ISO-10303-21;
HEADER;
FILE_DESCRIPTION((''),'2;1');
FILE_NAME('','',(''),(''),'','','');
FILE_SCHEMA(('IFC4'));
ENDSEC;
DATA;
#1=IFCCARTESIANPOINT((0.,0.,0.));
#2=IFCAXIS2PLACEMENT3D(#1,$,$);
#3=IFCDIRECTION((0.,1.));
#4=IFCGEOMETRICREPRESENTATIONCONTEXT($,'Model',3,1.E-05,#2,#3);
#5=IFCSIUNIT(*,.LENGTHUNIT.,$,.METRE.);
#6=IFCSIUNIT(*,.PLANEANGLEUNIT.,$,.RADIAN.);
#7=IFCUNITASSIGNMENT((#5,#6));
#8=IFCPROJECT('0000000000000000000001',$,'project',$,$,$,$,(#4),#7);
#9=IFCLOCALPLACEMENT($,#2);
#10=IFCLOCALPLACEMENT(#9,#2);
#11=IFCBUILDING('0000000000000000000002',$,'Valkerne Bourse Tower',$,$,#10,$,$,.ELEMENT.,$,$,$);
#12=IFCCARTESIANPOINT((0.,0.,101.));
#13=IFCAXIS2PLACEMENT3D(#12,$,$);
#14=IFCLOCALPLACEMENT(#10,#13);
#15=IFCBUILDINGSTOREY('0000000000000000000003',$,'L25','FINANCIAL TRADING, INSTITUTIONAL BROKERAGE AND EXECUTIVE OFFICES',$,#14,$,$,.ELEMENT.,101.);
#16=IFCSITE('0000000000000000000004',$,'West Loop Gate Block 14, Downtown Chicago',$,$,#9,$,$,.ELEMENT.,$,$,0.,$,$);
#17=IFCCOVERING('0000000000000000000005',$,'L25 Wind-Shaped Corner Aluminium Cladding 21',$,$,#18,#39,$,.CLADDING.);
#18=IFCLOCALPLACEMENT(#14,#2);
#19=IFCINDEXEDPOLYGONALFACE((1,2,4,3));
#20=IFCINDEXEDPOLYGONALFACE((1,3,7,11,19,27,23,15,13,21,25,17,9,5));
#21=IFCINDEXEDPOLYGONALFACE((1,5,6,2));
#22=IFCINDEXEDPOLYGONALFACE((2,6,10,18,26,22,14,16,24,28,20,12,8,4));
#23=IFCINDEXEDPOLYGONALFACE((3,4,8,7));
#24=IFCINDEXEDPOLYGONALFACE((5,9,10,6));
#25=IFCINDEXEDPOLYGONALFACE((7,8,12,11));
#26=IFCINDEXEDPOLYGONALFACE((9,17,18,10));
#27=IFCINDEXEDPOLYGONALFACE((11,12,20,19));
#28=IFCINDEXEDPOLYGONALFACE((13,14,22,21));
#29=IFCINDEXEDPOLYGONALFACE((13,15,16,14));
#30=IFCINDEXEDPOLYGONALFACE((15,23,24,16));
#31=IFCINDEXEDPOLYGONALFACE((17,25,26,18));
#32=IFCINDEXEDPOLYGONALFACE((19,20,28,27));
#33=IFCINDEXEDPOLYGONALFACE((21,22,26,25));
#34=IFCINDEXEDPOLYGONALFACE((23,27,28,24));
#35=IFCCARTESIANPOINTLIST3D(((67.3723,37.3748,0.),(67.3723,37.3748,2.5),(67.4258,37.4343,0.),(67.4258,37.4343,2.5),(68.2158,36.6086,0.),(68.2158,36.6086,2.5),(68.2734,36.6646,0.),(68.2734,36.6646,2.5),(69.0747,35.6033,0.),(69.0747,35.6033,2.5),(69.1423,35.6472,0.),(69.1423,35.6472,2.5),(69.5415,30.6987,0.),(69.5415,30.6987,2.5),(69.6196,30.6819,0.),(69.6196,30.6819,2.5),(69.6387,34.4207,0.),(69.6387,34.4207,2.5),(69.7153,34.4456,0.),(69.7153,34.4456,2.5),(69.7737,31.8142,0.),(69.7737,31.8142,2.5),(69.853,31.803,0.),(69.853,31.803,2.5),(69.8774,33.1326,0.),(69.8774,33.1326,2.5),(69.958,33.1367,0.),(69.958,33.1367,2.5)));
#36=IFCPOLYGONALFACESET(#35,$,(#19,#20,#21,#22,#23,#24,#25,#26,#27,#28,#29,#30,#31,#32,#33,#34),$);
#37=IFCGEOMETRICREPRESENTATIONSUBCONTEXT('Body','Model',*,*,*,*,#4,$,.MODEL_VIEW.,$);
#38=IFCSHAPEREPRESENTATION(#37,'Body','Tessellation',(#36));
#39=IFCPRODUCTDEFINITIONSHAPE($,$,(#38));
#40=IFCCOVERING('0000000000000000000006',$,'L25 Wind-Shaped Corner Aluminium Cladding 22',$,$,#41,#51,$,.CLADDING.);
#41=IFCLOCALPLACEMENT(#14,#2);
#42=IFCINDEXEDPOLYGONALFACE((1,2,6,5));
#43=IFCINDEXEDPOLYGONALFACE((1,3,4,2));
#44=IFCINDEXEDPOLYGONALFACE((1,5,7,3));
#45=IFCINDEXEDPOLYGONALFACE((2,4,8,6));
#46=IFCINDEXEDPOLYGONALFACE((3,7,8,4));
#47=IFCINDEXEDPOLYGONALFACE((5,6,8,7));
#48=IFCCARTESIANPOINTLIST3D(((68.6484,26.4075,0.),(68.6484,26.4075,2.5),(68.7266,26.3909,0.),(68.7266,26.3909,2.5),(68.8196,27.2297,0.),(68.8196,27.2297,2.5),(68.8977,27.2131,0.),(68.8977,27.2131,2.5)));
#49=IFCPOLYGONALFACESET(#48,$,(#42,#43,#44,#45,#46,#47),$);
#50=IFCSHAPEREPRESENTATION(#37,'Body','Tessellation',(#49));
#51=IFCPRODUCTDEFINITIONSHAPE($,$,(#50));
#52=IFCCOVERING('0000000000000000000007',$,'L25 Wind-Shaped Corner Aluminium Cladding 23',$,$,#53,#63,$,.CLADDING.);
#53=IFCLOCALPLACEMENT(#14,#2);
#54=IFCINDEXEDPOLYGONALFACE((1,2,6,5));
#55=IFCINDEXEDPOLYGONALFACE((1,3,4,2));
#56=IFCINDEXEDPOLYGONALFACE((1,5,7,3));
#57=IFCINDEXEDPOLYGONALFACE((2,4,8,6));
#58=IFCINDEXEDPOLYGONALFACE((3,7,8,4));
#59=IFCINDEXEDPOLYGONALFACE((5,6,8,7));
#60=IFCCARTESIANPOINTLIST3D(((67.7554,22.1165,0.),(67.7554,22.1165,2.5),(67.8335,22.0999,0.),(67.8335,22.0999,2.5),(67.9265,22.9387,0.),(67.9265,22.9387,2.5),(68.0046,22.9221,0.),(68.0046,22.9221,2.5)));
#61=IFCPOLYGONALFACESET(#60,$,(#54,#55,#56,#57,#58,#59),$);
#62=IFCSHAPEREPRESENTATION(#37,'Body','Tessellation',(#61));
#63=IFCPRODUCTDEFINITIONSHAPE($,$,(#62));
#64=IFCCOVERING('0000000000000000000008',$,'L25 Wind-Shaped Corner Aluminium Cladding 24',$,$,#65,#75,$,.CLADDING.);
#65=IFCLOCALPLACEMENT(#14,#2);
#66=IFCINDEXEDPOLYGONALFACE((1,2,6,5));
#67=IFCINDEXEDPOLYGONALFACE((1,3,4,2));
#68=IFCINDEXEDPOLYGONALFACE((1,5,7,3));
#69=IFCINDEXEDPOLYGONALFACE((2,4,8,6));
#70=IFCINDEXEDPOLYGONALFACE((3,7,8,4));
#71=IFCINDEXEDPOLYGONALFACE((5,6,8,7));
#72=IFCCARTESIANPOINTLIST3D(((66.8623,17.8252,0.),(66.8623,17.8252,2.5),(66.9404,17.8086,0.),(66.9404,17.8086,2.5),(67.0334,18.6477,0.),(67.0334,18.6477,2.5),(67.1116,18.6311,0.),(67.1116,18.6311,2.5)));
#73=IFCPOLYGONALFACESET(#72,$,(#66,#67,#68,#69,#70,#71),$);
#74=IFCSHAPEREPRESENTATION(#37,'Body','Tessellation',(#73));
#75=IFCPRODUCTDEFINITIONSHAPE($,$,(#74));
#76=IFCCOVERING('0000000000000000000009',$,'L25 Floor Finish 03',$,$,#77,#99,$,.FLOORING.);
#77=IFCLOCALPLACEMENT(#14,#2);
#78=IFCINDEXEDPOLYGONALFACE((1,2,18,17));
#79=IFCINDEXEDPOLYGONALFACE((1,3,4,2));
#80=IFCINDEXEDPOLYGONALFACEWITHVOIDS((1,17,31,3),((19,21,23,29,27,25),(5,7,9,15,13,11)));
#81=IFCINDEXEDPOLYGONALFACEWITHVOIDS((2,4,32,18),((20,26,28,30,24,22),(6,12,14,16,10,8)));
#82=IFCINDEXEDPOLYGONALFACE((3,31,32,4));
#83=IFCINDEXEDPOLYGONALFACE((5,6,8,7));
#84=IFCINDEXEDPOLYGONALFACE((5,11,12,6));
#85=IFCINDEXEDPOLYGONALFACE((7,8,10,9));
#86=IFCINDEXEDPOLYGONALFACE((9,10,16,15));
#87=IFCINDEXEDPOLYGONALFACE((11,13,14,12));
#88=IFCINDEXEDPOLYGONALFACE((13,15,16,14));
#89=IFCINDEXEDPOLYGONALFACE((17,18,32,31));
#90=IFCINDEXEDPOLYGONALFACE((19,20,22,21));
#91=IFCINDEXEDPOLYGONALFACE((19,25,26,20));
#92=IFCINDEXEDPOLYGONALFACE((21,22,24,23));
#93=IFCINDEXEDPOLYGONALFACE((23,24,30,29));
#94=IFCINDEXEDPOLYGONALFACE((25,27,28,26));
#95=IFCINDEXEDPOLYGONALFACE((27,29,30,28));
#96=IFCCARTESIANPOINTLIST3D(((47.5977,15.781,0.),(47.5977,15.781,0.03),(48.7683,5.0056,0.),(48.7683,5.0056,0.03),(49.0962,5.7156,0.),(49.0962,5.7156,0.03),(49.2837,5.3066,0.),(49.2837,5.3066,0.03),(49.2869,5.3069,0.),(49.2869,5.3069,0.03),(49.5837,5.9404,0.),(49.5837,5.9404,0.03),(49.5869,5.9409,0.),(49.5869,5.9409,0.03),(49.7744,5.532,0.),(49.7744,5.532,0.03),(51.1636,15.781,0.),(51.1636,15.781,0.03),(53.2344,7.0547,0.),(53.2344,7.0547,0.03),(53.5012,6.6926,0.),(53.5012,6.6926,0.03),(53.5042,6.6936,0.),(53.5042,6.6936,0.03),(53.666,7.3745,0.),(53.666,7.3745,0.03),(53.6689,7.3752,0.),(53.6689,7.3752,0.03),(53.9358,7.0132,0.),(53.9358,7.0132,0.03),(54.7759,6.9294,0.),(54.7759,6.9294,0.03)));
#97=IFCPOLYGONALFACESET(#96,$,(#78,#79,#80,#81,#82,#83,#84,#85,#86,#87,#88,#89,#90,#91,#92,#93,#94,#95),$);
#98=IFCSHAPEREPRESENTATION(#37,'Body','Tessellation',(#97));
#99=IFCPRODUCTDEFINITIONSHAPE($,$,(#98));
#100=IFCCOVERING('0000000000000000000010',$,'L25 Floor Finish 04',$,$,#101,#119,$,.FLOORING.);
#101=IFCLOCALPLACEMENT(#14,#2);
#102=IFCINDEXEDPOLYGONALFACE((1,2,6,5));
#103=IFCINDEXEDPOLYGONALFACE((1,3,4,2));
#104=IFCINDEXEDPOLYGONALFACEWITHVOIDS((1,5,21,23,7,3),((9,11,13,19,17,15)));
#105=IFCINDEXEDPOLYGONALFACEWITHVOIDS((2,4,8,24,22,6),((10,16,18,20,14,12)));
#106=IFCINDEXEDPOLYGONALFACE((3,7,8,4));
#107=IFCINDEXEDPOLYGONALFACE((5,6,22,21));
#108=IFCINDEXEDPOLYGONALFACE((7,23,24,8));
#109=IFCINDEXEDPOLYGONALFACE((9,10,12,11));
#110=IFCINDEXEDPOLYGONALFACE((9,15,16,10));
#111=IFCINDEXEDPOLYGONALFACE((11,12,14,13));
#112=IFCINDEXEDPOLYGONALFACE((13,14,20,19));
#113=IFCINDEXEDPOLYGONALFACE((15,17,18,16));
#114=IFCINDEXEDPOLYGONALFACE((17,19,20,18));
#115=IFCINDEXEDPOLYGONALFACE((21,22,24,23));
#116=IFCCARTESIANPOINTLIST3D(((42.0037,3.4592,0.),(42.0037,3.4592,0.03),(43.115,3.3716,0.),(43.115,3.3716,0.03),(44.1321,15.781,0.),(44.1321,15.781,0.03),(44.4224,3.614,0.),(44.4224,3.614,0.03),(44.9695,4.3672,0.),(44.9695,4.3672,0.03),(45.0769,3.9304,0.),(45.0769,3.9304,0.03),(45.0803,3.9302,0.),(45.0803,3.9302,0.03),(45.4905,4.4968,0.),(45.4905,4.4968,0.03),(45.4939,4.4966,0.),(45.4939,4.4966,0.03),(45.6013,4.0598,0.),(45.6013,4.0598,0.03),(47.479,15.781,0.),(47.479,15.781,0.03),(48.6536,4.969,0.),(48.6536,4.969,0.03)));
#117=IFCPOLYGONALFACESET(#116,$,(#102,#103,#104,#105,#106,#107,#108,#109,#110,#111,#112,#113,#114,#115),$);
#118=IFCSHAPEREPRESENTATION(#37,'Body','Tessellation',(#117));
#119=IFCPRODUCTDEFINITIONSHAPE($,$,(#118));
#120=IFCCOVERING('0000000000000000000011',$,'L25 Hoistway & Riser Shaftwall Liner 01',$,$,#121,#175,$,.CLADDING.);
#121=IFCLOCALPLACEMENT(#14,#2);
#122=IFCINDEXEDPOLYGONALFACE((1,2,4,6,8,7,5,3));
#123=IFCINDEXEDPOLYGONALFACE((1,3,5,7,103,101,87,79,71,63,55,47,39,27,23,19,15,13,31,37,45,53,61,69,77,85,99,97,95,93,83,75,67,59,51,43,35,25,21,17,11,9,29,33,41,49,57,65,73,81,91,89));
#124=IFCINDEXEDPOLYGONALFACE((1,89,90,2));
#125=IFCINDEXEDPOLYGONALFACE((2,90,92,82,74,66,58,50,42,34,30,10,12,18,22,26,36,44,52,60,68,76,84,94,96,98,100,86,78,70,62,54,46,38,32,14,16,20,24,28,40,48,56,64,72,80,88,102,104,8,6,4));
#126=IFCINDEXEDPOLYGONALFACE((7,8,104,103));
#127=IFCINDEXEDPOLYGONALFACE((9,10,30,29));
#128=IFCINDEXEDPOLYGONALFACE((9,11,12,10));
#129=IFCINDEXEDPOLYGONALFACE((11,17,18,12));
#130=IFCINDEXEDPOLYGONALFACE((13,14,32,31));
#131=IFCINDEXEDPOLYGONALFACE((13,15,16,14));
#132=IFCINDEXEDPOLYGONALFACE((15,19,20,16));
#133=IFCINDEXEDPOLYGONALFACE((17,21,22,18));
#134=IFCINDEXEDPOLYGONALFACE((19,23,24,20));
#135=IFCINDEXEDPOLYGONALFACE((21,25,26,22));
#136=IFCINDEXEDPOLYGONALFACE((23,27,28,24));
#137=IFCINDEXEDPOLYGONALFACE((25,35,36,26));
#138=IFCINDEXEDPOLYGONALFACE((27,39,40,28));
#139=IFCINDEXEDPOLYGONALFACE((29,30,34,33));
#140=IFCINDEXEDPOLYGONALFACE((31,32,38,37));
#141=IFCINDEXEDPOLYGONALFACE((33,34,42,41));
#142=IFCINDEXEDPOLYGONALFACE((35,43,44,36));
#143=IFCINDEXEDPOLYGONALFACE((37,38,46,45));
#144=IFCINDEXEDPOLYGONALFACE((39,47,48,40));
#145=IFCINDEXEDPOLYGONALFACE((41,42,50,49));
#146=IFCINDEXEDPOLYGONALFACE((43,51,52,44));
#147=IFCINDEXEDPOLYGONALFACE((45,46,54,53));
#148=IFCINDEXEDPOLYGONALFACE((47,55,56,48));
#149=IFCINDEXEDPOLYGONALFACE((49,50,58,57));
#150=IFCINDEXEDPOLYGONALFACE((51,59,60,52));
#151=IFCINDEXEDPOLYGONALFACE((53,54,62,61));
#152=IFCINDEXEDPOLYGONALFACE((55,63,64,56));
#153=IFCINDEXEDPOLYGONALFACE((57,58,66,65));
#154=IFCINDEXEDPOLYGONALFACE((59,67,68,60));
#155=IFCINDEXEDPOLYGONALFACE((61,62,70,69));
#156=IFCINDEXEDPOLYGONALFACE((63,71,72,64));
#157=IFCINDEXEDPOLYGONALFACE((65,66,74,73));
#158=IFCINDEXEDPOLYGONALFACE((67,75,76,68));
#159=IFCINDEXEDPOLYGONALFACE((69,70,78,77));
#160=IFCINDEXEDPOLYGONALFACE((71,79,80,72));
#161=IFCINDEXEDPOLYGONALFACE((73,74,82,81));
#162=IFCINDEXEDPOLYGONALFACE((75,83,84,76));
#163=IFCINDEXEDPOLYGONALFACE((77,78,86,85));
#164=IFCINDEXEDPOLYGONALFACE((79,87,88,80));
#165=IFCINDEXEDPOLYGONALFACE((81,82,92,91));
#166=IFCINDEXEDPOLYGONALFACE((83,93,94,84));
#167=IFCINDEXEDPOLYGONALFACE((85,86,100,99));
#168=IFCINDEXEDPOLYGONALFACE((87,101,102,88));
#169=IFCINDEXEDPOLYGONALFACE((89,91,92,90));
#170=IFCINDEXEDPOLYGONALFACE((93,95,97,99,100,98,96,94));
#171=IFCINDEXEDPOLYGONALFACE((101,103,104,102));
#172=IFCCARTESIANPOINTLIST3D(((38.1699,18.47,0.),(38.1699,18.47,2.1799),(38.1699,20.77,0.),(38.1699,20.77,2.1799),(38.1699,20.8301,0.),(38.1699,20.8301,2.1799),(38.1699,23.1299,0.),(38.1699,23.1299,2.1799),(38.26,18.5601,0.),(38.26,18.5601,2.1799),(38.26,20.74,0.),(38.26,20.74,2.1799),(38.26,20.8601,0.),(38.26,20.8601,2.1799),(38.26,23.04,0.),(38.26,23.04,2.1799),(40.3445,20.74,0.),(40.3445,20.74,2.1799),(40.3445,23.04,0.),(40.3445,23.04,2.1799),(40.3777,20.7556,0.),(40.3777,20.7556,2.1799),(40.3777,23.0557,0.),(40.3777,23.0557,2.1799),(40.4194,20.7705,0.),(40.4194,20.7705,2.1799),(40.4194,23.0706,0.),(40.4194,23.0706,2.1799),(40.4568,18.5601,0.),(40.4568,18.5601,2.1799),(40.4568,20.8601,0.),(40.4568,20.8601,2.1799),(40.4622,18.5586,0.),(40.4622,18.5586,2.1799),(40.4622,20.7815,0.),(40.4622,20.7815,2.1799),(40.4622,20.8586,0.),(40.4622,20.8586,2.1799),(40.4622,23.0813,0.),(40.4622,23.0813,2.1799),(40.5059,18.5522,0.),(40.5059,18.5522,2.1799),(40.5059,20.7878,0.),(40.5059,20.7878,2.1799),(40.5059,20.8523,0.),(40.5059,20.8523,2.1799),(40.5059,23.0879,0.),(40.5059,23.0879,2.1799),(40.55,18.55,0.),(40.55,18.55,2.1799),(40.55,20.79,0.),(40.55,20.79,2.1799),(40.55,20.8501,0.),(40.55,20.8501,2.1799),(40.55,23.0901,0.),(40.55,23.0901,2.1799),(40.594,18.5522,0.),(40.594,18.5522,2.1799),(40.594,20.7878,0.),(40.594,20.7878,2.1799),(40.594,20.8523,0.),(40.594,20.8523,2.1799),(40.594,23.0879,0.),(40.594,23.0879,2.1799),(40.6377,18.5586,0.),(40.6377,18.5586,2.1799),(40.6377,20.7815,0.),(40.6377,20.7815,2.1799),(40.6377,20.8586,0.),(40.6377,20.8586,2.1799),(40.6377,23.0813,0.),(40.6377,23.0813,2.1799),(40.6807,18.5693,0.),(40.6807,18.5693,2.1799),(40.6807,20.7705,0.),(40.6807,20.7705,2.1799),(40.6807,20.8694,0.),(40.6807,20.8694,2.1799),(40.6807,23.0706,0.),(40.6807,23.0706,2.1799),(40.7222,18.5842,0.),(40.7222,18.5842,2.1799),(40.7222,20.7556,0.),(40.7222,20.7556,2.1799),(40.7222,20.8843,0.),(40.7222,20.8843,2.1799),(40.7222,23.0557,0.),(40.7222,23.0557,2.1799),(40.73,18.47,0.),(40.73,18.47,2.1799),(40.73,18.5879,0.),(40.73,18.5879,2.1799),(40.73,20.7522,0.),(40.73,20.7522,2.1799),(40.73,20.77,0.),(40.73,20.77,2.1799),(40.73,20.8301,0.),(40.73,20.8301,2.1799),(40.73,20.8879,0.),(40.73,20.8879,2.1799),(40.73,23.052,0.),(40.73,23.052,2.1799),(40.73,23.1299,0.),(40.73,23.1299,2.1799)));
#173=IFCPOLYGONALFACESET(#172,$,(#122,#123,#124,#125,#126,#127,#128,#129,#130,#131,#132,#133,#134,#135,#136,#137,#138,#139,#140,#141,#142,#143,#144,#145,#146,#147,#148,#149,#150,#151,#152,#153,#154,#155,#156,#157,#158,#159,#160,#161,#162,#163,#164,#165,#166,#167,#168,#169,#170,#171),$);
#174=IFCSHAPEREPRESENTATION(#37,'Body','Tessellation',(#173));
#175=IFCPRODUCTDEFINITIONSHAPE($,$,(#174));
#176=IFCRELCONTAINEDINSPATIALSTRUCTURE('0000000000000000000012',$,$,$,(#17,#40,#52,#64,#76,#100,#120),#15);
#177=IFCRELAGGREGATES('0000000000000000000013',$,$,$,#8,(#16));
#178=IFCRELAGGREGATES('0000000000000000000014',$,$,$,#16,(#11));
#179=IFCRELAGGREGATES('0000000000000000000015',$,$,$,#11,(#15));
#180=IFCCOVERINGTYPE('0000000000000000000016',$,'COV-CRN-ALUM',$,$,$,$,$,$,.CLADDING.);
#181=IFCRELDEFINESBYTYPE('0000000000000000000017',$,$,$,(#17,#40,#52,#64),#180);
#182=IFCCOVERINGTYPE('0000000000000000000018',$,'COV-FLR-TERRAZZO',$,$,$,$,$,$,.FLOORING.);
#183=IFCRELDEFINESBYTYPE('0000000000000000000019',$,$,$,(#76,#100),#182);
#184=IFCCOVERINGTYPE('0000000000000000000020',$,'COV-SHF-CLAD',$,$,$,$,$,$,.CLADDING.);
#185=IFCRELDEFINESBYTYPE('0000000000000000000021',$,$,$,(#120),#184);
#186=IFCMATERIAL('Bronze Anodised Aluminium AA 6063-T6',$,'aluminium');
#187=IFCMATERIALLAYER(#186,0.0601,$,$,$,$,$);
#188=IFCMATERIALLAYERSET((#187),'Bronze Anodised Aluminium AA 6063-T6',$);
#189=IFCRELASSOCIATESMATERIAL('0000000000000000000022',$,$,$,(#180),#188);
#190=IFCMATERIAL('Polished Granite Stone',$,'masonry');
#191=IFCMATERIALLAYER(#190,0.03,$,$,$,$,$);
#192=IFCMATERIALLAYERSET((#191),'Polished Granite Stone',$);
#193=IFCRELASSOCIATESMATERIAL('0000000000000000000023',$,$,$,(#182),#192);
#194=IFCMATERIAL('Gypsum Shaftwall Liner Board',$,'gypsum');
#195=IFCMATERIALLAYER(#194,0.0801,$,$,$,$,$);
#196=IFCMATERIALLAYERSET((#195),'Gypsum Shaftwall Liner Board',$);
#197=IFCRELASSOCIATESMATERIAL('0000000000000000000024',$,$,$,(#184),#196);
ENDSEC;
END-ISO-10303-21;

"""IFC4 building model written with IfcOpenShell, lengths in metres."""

from ifc_helpers import new_model, si_unit, direction, frame, origin, place, context, subcontext, project, spatial, polyline, outline, extrude, material, layer, layer_set, type_object, element, save


model = new_model("IFC4")

# Units and contexts
model_context = context("Model", 3, precision=1e-05, world=origin(), true_north=direction((0.0, 1.0)))
body_context = subcontext(model_context, "Body", "Model", "MODEL_VIEW")
ifc_project = project(units=[si_unit("LENGTHUNIT", "METRE"), si_unit("PLANEANGLEUNIT", "RADIAN")], contexts=[model_context])

# Site, building, storey
site_placement = place(None, origin())
site = spatial("IfcSite", under=ifc_project, at=site_placement, Name="West Loop Gate Block 14, Downtown Chicago", CompositionType="ELEMENT", RefElevation=0.0)
building_placement = place(site_placement, origin())
building = spatial("IfcBuilding", under=site, at=building_placement, Name="Valkerne Bourse Tower", CompositionType="ELEMENT")
storey_placement = place(building_placement, frame((0.0, 0.0, 101.0)))
storey = spatial("IfcBuildingStorey", under=building, at=storey_placement, Name="L25", Description="FINANCIAL TRADING, INSTITUTIONAL BROKERAGE AND EXECUTIVE OFFICES", CompositionType="ELEMENT", Elevation=101.0)

# Coverings
ifc_material_1 = material(Name="Bronze Anodised Aluminium AA 6063-T6", Category="aluminium")
ifc_layer_1 = layer(ifc_material_1, 0.0601)
ifc_layer_set_1 = layer_set([ifc_layer_1], Name="Bronze Anodised Aluminium AA 6063-T6")
covering_type_1 = type_object("IfcCoveringType", Name="COV-CRN-ALUM", PredefinedType="CLADDING", material=ifc_layer_set_1)
covering_1_placement = place(storey_placement, origin())
element("IfcCovering", 1, at=covering_1_placement, inside=storey, type_object=covering_type_1, Name="L25 Wind-Shaped Corner Aluminium Cladding 21", PredefinedType="CLADDING", context=body_context, shape_type="SweptSolid", body=[
    extrude(outline(polyline([(68.2734, 36.6646), (69.1423, 35.6472), (69.7153, 34.4456), (69.958, 33.1367), (69.853, 31.803), (69.6196, 30.6819), (69.5415, 30.6987), (69.7737, 31.8142), (69.8774, 33.1326), (69.6387, 34.4207), (69.0747, 35.6033), (68.2158, 36.6086), (67.3723, 37.3748), (67.4258, 37.4343), (68.2734, 36.6646)])), origin(), (0.0, 0.0, 1.0), 2.5),
])
covering_2_placement = place(storey_placement, origin())
element("IfcCovering", 2, at=covering_2_placement, inside=storey, type_object=covering_type_1, Name="L25 Wind-Shaped Corner Aluminium Cladding 22", PredefinedType="CLADDING", context=body_context, shape_type="SweptSolid", body=[
    extrude(outline(polyline([(68.7266, 26.3909), (68.6484, 26.4075), (68.8196, 27.2297), (68.8977, 27.2131), (68.7266, 26.3909)])), origin(), (0.0, 0.0, 1.0), 2.5),
])
covering_3_placement = place(storey_placement, origin())
element("IfcCovering", 3, at=covering_3_placement, inside=storey, type_object=covering_type_1, Name="L25 Wind-Shaped Corner Aluminium Cladding 23", PredefinedType="CLADDING", context=body_context, shape_type="SweptSolid", body=[
    extrude(outline(polyline([(67.8335, 22.0999), (67.7554, 22.1165), (67.9265, 22.9387), (68.0046, 22.9221), (67.8335, 22.0999)])), origin(), (0.0, 0.0, 1.0), 2.5),
])
covering_4_placement = place(storey_placement, origin())
element("IfcCovering", 4, at=covering_4_placement, inside=storey, type_object=covering_type_1, Name="L25 Wind-Shaped Corner Aluminium Cladding 24", PredefinedType="CLADDING", context=body_context, shape_type="SweptSolid", body=[
    extrude(outline(polyline([(66.9404, 17.8086), (66.8623, 17.8252), (67.0334, 18.6477), (67.1116, 18.6311), (66.9404, 17.8086)])), origin(), (0.0, 0.0, 1.0), 2.5),
])
ifc_material_2 = material(Name="Polished Granite Stone", Category="masonry")
ifc_layer_2 = layer(ifc_material_2, 0.03)
ifc_layer_set_2 = layer_set([ifc_layer_2], Name="Polished Granite Stone")
covering_type_2 = type_object("IfcCoveringType", Name="COV-FLR-TERRAZZO", PredefinedType="FLOORING", material=ifc_layer_set_2)
covering_5_placement = place(storey_placement, origin())
element("IfcCovering", 5, at=covering_5_placement, inside=storey, type_object=covering_type_2, Name="L25 Floor Finish 03", PredefinedType="FLOORING", context=body_context, shape_type="SweptSolid", body=[
    extrude(outline(polyline([(51.1636, 15.781), (54.7759, 6.9294), (48.7683, 5.0056), (47.5977, 15.781), (51.1636, 15.781)]), holes=[polyline([(49.7744, 5.532), (49.5869, 5.9409), (49.5837, 5.9404), (49.0962, 5.7156), (49.2837, 5.3066), (49.2869, 5.3069), (49.7744, 5.532)]), polyline([(53.9358, 7.0132), (53.6689, 7.3752), (53.666, 7.3745), (53.2344, 7.0547), (53.5012, 6.6926), (53.5042, 6.6936), (53.9358, 7.0132)])]), origin(), (0.0, 0.0, 1.0), 0.03),
])
covering_6_placement = place(storey_placement, origin())
element("IfcCovering", 6, at=covering_6_placement, inside=storey, type_object=covering_type_2, Name="L25 Floor Finish 04", PredefinedType="FLOORING", context=body_context, shape_type="SweptSolid", body=[
    extrude(outline(polyline([(42.0037, 3.4592), (44.1321, 15.781), (47.479, 15.781), (48.6536, 4.969), (44.4224, 3.614), (43.115, 3.3716), (42.0037, 3.4592)]), holes=[polyline([(45.6013, 4.0598), (45.4939, 4.4966), (45.4905, 4.4968), (44.9695, 4.3672), (45.0769, 3.9304), (45.0803, 3.9302), (45.6013, 4.0598)])]), origin(), (0.0, 0.0, 1.0), 0.03),
])
ifc_material_3 = material(Name="Gypsum Shaftwall Liner Board", Category="gypsum")
ifc_layer_3 = layer(ifc_material_3, 0.0801)
ifc_layer_set_3 = layer_set([ifc_layer_3], Name="Gypsum Shaftwall Liner Board")
covering_type_3 = type_object("IfcCoveringType", Name="COV-SHF-CLAD", PredefinedType="CLADDING", material=ifc_layer_set_3)
covering_7_placement = place(storey_placement, origin())
element("IfcCovering", 7, at=covering_7_placement, inside=storey, type_object=covering_type_3, Name="L25 Hoistway & Riser Shaftwall Liner 01", PredefinedType="CLADDING", context=body_context, shape_type="SweptSolid", body=[
    extrude(outline(polyline([(38.1699, 23.1299), (40.73, 23.1299), (40.73, 23.052), (40.7222, 23.0557), (40.6807, 23.0706), (40.6377, 23.0813), (40.594, 23.0879), (40.55, 23.0901), (40.5059, 23.0879), (40.4622, 23.0813), (40.4194, 23.0706), (40.3777, 23.0557), (40.3445, 23.04), (38.26, 23.04), (38.26, 20.8601), (40.4568, 20.8601), (40.4622, 20.8586), (40.5059, 20.8523), (40.55, 20.8501), (40.594, 20.8523), (40.6377, 20.8586), (40.6807, 20.8694), (40.7222, 20.8843), (40.73, 20.8879), (40.73, 20.8301), (40.73, 20.77), (40.73, 20.7522), (40.7222, 20.7556), (40.6807, 20.7705), (40.6377, 20.7815), (40.594, 20.7878), (40.55, 20.79), (40.5059, 20.7878), (40.4622, 20.7815), (40.4194, 20.7705), (40.3777, 20.7556), (40.3445, 20.74), (38.26, 20.74), (38.26, 18.5601), (40.4568, 18.5601), (40.4622, 18.5586), (40.5059, 18.5522), (40.55, 18.55), (40.594, 18.5522), (40.6377, 18.5586), (40.6807, 18.5693), (40.7222, 18.5842), (40.73, 18.5879), (40.73, 18.47), (38.1699, 18.47), (38.1699, 20.77), (38.1699, 20.8301), (38.1699, 23.1299)])), origin(), (0.0, 0.0, 1.0), 2.1799),
])

save(model, "model.ifc")
